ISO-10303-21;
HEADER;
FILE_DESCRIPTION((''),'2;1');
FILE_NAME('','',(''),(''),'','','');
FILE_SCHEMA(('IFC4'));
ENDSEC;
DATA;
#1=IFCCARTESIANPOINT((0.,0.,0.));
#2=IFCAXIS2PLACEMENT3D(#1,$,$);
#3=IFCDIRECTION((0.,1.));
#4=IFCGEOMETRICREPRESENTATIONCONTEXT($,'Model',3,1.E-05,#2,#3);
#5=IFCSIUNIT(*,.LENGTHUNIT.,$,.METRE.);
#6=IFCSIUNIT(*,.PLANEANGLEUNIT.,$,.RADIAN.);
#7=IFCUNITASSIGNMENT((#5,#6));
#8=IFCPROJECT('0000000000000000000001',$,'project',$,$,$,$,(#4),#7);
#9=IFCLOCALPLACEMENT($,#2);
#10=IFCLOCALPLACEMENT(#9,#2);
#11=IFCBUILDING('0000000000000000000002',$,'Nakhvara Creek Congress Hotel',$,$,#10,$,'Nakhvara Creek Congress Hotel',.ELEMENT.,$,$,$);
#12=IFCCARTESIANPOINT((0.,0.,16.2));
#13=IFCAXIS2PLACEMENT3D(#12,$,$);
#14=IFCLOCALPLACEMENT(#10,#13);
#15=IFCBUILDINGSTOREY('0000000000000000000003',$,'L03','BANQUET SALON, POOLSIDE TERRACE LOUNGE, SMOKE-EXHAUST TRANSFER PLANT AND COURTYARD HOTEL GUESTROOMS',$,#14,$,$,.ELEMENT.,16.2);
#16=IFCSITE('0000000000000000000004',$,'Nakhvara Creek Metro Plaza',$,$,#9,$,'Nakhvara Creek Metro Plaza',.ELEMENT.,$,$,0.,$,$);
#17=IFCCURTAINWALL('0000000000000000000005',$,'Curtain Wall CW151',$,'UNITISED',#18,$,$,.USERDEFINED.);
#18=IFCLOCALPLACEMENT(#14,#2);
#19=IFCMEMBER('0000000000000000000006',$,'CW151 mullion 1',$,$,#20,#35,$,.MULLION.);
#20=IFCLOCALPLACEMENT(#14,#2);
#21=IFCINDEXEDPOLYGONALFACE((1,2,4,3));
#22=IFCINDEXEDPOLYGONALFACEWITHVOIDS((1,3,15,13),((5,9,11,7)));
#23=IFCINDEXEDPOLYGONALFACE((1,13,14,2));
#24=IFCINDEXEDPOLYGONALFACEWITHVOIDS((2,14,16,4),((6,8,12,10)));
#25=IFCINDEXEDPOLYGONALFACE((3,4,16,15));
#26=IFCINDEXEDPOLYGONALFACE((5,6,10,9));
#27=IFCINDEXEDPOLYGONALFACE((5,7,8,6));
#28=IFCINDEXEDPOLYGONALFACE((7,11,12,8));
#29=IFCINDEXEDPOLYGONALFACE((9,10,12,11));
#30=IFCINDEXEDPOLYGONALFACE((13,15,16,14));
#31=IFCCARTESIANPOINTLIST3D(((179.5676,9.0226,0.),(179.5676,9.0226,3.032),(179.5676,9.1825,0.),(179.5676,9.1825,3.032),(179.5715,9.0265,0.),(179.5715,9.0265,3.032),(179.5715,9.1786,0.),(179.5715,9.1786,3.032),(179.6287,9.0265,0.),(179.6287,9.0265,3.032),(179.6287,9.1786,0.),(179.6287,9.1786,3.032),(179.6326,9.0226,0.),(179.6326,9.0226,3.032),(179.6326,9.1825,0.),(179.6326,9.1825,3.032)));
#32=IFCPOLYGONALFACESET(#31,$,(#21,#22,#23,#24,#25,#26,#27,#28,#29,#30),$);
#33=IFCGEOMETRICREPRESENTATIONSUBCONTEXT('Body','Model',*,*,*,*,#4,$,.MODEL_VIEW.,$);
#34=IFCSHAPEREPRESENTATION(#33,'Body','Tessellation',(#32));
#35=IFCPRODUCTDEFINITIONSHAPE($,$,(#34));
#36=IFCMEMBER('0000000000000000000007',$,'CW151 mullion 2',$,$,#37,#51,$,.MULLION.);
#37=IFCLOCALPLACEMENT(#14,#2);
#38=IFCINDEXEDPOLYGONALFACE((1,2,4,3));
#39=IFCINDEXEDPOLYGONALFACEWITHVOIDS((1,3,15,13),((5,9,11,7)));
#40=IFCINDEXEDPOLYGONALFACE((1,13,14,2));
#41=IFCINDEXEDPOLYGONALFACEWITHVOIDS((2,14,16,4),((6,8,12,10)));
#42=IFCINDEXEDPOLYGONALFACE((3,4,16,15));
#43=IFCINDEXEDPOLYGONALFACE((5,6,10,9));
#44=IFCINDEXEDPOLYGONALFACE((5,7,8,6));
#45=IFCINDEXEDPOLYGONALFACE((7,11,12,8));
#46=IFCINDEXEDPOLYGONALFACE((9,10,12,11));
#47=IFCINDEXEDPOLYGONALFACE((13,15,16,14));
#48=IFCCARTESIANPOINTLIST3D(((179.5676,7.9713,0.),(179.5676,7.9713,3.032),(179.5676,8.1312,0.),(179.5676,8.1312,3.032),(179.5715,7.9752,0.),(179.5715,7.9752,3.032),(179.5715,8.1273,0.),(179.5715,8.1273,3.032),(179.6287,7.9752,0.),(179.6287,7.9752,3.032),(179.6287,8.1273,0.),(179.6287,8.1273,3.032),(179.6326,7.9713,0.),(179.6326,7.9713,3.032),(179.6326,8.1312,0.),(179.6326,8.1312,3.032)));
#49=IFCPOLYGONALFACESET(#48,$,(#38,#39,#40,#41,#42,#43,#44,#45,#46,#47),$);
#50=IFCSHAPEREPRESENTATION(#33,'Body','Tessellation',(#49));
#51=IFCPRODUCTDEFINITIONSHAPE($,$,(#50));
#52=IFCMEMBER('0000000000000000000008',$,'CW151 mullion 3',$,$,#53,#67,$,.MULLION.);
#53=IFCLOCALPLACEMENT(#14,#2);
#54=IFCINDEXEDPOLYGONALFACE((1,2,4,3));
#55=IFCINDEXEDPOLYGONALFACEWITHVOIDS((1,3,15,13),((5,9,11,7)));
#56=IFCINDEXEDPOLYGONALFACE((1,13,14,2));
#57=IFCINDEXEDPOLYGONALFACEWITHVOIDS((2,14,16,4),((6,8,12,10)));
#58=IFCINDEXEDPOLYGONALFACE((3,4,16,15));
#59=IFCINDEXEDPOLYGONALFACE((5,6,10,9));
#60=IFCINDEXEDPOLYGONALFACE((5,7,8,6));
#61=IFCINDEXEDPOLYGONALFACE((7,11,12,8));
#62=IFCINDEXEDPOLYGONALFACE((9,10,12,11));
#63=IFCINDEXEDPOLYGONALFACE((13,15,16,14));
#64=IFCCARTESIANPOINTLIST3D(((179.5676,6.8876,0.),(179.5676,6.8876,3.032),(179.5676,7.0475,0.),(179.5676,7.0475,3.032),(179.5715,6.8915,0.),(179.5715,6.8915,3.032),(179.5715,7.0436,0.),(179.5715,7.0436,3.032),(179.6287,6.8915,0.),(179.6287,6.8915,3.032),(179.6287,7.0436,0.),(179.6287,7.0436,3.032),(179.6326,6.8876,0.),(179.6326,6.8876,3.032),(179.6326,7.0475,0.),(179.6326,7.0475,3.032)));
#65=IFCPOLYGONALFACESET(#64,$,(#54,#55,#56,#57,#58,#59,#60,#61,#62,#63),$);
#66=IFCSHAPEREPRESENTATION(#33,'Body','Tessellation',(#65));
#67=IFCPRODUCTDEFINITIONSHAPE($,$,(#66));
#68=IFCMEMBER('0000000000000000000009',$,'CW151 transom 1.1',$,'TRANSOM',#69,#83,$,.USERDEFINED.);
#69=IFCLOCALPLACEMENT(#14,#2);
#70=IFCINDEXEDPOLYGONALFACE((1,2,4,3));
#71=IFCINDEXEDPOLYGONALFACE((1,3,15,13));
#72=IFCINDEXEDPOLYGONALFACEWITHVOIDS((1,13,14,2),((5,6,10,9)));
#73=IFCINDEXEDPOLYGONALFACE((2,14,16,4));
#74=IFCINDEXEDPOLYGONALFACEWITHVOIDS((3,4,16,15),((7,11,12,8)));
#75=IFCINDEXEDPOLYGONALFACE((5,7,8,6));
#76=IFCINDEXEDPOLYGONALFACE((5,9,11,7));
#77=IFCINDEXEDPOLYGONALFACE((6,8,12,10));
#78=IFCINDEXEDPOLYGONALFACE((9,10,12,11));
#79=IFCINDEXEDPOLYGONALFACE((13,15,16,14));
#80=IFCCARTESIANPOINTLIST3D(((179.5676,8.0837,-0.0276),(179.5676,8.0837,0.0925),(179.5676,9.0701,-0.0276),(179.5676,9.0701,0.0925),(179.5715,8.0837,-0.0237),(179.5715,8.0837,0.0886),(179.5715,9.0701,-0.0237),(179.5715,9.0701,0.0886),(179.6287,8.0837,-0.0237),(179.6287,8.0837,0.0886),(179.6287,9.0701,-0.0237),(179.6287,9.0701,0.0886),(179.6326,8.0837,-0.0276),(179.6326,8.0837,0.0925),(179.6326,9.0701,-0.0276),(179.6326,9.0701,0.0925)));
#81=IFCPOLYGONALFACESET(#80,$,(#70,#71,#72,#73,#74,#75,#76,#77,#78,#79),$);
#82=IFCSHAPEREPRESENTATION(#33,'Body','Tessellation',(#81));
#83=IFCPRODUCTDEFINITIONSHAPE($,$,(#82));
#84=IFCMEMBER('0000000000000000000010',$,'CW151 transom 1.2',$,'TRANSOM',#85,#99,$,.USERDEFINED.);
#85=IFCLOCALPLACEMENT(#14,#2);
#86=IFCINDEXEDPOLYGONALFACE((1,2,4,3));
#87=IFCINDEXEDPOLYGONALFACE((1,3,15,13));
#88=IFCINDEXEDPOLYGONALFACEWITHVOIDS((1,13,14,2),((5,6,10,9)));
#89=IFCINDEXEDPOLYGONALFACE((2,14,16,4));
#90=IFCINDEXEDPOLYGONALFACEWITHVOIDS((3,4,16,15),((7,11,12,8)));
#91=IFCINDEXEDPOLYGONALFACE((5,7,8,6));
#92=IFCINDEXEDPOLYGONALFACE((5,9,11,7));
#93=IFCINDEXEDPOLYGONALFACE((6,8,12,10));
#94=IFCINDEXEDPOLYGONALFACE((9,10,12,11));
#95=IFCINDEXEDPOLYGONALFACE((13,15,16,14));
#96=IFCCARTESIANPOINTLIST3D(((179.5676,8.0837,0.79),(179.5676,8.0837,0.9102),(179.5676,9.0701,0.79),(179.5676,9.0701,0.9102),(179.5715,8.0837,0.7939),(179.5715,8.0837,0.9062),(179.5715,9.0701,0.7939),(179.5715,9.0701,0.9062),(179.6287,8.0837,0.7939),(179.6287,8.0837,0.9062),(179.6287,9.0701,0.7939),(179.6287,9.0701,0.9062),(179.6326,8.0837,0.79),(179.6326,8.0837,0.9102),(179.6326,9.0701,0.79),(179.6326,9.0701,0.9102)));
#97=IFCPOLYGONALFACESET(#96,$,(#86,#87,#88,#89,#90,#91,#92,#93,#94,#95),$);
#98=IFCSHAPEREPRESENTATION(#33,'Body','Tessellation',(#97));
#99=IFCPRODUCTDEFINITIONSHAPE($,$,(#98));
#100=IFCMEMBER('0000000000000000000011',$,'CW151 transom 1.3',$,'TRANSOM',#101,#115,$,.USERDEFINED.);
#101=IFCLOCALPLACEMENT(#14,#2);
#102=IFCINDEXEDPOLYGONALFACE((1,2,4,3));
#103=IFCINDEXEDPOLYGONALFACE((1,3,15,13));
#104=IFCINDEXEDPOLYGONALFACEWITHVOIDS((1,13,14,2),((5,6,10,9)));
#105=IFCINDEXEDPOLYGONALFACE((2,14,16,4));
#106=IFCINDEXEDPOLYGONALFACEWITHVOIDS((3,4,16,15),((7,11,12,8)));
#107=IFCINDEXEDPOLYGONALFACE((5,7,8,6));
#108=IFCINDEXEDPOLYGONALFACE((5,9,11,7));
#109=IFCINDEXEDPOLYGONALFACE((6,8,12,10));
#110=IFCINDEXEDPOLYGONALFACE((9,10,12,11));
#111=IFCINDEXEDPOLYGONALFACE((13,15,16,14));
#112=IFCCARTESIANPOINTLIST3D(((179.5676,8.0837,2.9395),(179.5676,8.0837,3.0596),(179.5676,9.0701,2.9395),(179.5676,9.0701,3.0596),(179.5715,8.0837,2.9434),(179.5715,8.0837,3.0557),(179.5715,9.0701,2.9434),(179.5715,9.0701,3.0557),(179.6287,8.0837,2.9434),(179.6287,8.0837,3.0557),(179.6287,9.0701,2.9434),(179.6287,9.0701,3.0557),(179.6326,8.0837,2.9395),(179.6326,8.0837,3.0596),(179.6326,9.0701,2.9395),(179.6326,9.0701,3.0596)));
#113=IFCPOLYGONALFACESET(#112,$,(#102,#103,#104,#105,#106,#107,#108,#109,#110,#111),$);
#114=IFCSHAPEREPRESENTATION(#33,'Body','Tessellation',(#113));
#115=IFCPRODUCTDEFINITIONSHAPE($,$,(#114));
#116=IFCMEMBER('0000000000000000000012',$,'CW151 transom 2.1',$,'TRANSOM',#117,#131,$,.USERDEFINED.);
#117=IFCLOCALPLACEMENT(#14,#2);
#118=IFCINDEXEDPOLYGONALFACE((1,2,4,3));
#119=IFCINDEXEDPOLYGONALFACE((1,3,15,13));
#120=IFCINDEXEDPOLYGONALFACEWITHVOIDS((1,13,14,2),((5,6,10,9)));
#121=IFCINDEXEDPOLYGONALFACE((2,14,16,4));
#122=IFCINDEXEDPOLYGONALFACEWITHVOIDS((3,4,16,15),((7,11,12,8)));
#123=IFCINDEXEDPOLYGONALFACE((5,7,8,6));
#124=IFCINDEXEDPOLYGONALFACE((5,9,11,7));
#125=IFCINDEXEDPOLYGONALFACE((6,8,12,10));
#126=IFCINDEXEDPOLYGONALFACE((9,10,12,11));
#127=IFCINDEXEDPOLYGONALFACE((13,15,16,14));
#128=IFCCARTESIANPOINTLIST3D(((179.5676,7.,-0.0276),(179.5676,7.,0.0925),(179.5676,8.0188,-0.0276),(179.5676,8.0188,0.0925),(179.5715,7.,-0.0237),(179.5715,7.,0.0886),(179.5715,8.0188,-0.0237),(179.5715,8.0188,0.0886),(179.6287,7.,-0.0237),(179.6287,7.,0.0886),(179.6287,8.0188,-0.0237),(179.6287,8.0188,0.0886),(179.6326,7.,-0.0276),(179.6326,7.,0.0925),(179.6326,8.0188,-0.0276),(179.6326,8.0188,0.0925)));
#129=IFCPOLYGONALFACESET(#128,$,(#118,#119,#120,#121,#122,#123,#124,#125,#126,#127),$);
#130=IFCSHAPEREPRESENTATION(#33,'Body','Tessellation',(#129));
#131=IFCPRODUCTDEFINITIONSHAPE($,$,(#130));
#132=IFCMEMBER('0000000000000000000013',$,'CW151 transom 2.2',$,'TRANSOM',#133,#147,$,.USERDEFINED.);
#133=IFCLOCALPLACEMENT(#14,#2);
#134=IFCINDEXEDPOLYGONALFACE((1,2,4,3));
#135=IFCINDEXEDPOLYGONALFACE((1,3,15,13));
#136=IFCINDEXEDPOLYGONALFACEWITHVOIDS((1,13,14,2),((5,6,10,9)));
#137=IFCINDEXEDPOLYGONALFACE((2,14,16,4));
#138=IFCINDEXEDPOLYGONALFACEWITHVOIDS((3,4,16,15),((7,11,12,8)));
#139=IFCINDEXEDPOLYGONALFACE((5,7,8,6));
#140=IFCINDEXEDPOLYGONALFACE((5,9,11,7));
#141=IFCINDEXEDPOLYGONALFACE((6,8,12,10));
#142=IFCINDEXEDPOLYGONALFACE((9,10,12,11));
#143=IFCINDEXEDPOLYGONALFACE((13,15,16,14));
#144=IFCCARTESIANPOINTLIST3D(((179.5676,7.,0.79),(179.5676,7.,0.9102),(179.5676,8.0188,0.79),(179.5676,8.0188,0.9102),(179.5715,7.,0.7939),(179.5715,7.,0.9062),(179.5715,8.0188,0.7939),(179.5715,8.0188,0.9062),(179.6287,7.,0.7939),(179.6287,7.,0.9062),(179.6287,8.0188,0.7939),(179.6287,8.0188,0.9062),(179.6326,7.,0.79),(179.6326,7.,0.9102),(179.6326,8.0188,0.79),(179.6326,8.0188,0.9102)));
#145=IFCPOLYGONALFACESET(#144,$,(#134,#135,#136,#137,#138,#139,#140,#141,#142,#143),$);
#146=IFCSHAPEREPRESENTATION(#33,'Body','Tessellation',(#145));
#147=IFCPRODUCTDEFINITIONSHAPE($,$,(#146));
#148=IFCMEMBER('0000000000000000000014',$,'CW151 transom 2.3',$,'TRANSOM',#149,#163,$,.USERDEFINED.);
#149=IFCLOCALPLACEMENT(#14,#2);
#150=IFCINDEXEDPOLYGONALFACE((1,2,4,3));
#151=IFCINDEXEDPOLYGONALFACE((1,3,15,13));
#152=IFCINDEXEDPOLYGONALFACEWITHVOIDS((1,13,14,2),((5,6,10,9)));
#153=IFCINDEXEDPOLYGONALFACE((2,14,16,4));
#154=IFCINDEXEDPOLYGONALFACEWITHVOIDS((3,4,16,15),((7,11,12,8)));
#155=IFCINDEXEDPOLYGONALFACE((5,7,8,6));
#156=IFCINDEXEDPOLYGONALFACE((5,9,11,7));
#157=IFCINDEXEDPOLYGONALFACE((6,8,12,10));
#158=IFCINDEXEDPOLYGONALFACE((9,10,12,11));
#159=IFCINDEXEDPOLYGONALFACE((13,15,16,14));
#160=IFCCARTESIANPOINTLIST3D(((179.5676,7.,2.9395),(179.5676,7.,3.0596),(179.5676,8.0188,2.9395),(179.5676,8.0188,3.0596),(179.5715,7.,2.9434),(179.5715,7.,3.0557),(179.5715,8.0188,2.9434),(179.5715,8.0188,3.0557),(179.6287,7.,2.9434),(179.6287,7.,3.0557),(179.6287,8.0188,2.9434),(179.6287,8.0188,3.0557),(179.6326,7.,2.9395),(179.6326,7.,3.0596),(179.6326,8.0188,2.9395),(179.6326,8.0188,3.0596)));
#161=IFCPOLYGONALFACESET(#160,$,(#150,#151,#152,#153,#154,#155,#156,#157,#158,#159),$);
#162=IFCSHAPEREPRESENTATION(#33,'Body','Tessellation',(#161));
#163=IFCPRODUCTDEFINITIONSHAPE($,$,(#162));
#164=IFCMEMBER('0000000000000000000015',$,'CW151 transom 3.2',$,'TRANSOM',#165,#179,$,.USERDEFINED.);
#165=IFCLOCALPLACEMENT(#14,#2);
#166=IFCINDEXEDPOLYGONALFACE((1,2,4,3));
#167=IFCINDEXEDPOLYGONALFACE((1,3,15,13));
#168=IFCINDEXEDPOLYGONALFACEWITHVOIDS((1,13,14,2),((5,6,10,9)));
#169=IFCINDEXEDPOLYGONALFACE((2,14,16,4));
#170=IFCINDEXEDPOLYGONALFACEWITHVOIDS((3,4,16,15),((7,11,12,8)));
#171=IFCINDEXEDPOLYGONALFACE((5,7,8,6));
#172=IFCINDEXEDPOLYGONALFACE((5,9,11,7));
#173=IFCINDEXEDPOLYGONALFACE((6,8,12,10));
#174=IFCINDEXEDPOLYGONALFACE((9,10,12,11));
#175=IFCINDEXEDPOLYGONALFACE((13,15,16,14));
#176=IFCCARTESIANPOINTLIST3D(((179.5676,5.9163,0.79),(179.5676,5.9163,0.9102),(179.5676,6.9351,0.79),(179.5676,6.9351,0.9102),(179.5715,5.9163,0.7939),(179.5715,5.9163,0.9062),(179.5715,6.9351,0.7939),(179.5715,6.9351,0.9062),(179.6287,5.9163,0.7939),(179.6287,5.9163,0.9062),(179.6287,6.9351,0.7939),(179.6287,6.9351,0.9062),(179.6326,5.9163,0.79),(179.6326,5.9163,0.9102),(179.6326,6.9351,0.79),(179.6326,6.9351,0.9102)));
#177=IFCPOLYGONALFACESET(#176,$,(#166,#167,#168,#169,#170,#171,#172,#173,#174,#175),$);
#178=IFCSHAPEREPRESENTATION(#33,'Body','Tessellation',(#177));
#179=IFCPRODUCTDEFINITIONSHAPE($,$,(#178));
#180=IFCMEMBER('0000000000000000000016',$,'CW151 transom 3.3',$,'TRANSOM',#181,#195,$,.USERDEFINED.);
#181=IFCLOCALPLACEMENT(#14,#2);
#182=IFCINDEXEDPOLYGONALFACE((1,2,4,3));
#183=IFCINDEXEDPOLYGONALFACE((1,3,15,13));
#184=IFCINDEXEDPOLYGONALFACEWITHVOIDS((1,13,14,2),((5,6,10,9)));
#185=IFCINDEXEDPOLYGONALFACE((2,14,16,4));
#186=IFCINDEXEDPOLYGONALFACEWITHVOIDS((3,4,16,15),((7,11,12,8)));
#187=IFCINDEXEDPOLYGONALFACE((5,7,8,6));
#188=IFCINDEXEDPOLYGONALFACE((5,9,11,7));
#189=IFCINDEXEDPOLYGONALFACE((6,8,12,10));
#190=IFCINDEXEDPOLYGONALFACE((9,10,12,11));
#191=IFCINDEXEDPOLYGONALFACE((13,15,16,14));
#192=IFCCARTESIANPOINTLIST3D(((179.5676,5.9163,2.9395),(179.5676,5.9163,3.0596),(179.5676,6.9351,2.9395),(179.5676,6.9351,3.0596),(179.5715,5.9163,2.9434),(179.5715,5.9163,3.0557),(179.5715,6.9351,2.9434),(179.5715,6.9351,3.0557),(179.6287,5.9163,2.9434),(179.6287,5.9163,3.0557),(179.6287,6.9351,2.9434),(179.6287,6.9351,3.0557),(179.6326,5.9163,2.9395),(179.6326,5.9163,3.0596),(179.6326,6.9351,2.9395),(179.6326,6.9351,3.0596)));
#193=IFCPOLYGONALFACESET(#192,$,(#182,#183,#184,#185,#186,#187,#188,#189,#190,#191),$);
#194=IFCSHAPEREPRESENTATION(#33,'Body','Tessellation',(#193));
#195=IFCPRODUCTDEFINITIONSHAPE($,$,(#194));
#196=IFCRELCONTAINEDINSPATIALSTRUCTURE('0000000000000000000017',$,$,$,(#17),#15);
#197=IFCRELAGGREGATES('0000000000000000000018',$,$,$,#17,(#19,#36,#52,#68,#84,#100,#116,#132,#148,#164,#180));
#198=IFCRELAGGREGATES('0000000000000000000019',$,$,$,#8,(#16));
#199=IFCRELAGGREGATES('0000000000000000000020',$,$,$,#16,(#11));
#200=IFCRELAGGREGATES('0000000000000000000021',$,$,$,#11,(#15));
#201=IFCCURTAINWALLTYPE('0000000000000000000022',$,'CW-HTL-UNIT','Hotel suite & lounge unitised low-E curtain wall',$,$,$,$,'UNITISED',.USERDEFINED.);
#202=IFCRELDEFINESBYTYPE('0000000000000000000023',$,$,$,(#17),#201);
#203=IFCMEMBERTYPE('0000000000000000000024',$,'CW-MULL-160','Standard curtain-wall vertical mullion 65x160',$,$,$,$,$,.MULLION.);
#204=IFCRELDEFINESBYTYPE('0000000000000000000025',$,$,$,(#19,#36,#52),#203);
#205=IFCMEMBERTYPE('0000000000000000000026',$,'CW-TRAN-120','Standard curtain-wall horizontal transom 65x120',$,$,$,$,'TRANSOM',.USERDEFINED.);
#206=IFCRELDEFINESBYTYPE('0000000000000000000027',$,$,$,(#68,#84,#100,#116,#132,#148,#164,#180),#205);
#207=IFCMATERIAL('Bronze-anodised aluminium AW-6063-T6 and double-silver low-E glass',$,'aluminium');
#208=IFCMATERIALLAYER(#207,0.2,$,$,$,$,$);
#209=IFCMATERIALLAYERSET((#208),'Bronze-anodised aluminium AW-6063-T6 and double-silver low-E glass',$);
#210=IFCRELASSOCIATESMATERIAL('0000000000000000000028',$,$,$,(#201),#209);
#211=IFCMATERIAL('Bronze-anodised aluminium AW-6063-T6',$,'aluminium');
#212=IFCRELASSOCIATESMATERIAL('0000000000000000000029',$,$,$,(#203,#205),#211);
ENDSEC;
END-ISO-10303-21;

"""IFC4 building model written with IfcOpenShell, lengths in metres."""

from ifc_helpers import new_model, si_unit, direction, frame, origin, origin_2d, place, context, subcontext, project, spatial, hollow_rectangle, extrude, material, layer, layer_set, material_profile, profile_set, type_object, element, aggregate, save


model = new_model("IFC4")

# Units and contexts
model_context = context("Model", 3, precision=1e-05, world=origin(), true_north=direction((0.0, 1.0)))
body_context = subcontext(model_context, "Body", "Model", "MODEL_VIEW")
ifc_project = project(units=[si_unit("LENGTHUNIT", "METRE"), si_unit("PLANEANGLEUNIT", "RADIAN")], contexts=[model_context])

# Site, building, storey
site_placement = place(None, origin())
site = spatial("IfcSite", under=ifc_project, at=site_placement, Name="Nakhvara Creek Metro Plaza", LongName="Nakhvara Creek Metro Plaza", CompositionType="ELEMENT", RefElevation=0.0)
building_placement = place(site_placement, origin())
building = spatial("IfcBuilding", under=site, at=building_placement, Name="Nakhvara Creek Congress Hotel", LongName="Nakhvara Creek Congress Hotel", CompositionType="ELEMENT")
storey_placement = place(building_placement, frame((0.0, 0.0, 16.2)))
storey = spatial("IfcBuildingStorey", under=building, at=storey_placement, Name="L03", Description="BANQUET SALON, POOLSIDE TERRACE LOUNGE, SMOKE-EXHAUST TRANSFER PLANT AND COURTYARD HOTEL GUESTROOMS", CompositionType="ELEMENT", Elevation=16.2)

# Curtain wall, members
ifc_material_1 = material(Name="Bronze-anodised aluminium AW-6063-T6 and double-silver low-E glass", Category="aluminium")
ifc_layer_1 = layer(ifc_material_1, 0.2)
ifc_layer_set_1 = layer_set([ifc_layer_1], Name="Bronze-anodised aluminium AW-6063-T6 and double-silver low-E glass")
curtain_wall_type = type_object("IfcCurtainWallType", Name="CW-HTL-UNIT", Description="Hotel suite & lounge unitised low-E curtain wall", ElementType="UNITISED", PredefinedType="USERDEFINED", material=ifc_layer_set_1)
curtain_wall_placement = place(storey_placement, origin())
curtain_wall = element("IfcCurtainWall", 1, at=curtain_wall_placement, inside=storey, type_object=curtain_wall_type, Name="Curtain Wall CW151", ObjectType="UNITISED", PredefinedType="USERDEFINED")
ifc_material_2 = material(Name="Bronze-anodised aluminium AW-6063-T6", Category="aluminium")
ifc_material_profile_1 = material_profile(ifc_material_2, hollow_rectangle(XDim=0.0649, YDim=0.1599, WallThickness=0.0039, at=origin_2d()), Name="ALU-MULL 65x160x4", Category="LoadBearing")
ifc_profile_set_1 = profile_set([ifc_material_profile_1], Name="Bronze-anodised aluminium AW-6063-T6")
member_type_1 = type_object("IfcMemberType", Name="CW-MULL-160", Description="Standard curtain-wall vertical mullion 65x160", PredefinedType="MULLION", material=ifc_profile_set_1)
member_1_placement = place(storey_placement, frame((179.6001, 9.1025, 0.0), z_axis=(0.0, 0.0, 1.0), x_axis=(1.0, 0.0, 0.0)))
member_1 = element("IfcMember", 2, at=member_1_placement, type_object=member_type_1, Name="CW151 mullion 1", PredefinedType="MULLION", context=body_context, shape_type="SweptSolid", body=[
    extrude(hollow_rectangle(XDim=0.0649, YDim=0.1599, WallThickness=0.0039, at=origin_2d()), origin(), (0.0, 0.0, 1.0), 3.032),
])
member_2_placement = place(storey_placement, frame((179.6001, 8.0513, 0.0), z_axis=(0.0, 0.0, 1.0), x_axis=(1.0, 0.0, 0.0)))
member_2 = element("IfcMember", 3, at=member_2_placement, type_object=member_type_1, Name="CW151 mullion 2", PredefinedType="MULLION", context=body_context, shape_type="SweptSolid", body=[
    extrude(hollow_rectangle(XDim=0.0649, YDim=0.1599, WallThickness=0.0039, at=origin_2d()), origin(), (0.0, 0.0, 1.0), 3.032),
])
member_3_placement = place(storey_placement, frame((179.6001, 6.9675, 0.0), z_axis=(0.0, 0.0, 1.0), x_axis=(1.0, 0.0, 0.0)))
member_3 = element("IfcMember", 4, at=member_3_placement, type_object=member_type_1, Name="CW151 mullion 3", PredefinedType="MULLION", context=body_context, shape_type="SweptSolid", body=[
    extrude(hollow_rectangle(XDim=0.0649, YDim=0.1599, WallThickness=0.0039, at=origin_2d()), origin(), (0.0, 0.0, 1.0), 3.032),
])
ifc_material_profile_2 = material_profile(ifc_material_2, hollow_rectangle(XDim=0.0649, YDim=0.1201, WallThickness=0.0039, at=origin_2d()), Name="ALU-TRAN 65x120x4", Category="LoadBearing")
ifc_profile_set_2 = profile_set([ifc_material_profile_2], Name="Bronze-anodised aluminium AW-6063-T6")
member_type_2 = type_object("IfcMemberType", Name="CW-TRAN-120", Description="Standard curtain-wall horizontal transom 65x120", ElementType="TRANSOM", PredefinedType="USERDEFINED", material=ifc_profile_set_2)
member_4_placement = place(storey_placement, frame((179.6001, 9.0701, 0.0325), z_axis=(0.0, -1.0, 0.0), x_axis=(1.0, 0.0, 0.0)))
member_4 = element("IfcMember", 5, at=member_4_placement, type_object=member_type_2, Name="CW151 transom 1.1", ObjectType="TRANSOM", PredefinedType="USERDEFINED", context=body_context, shape_type="SweptSolid", body=[
    extrude(hollow_rectangle(XDim=0.0649, YDim=0.1201, WallThickness=0.0039, at=origin_2d()), origin(), (0.0, 0.0, 1.0), 0.9863),
])
member_5_placement = place(storey_placement, frame((179.6001, 9.0701, 0.8501), z_axis=(0.0, -1.0, 0.0), x_axis=(1.0, 0.0, 0.0)))
member_5 = element("IfcMember", 6, at=member_5_placement, type_object=member_type_2, Name="CW151 transom 1.2", ObjectType="TRANSOM", PredefinedType="USERDEFINED", context=body_context, shape_type="SweptSolid", body=[
    extrude(hollow_rectangle(XDim=0.0649, YDim=0.1201, WallThickness=0.0039, at=origin_2d()), origin(), (0.0, 0.0, 1.0), 0.9863),
])
member_6_placement = place(storey_placement, frame((179.6001, 9.0701, 2.9995), z_axis=(0.0, -1.0, 0.0), x_axis=(1.0, 0.0, 0.0)))
member_6 = element("IfcMember", 7, at=member_6_placement, type_object=member_type_2, Name="CW151 transom 1.3", ObjectType="TRANSOM", PredefinedType="USERDEFINED", context=body_context, shape_type="SweptSolid", body=[
    extrude(hollow_rectangle(XDim=0.0649, YDim=0.1201, WallThickness=0.0039, at=origin_2d()), origin(), (0.0, 0.0, 1.0), 0.9863),
])
member_7_placement = place(storey_placement, frame((179.6001, 8.0188, 0.0325), z_axis=(0.0, -1.0, 0.0), x_axis=(1.0, 0.0, 0.0)))
member_7 = element("IfcMember", 8, at=member_7_placement, type_object=member_type_2, Name="CW151 transom 2.1", ObjectType="TRANSOM", PredefinedType="USERDEFINED", context=body_context, shape_type="SweptSolid", body=[
    extrude(hollow_rectangle(XDim=0.0649, YDim=0.1201, WallThickness=0.0039, at=origin_2d()), origin(), (0.0, 0.0, 1.0), 1.0188),
])
member_8_placement = place(storey_placement, frame((179.6001, 8.0188, 0.8501), z_axis=(0.0, -1.0, 0.0), x_axis=(1.0, 0.0, 0.0)))
member_8 = element("IfcMember", 9, at=member_8_placement, type_object=member_type_2, Name="CW151 transom 2.2", ObjectType="TRANSOM", PredefinedType="USERDEFINED", context=body_context, shape_type="SweptSolid", body=[
    extrude(hollow_rectangle(XDim=0.0649, YDim=0.1201, WallThickness=0.0039, at=origin_2d()), origin(), (0.0, 0.0, 1.0), 1.0188),
])
member_9_placement = place(storey_placement, frame((179.6001, 8.0188, 2.9995), z_axis=(0.0, -1.0, 0.0), x_axis=(1.0, 0.0, 0.0)))
member_9 = element("IfcMember", 10, at=member_9_placement, type_object=member_type_2, Name="CW151 transom 2.3", ObjectType="TRANSOM", PredefinedType="USERDEFINED", context=body_context, shape_type="SweptSolid", body=[
    extrude(hollow_rectangle(XDim=0.0649, YDim=0.1201, WallThickness=0.0039, at=origin_2d()), origin(), (0.0, 0.0, 1.0), 1.0188),
])
member_10_placement = place(storey_placement, frame((179.6001, 6.9351, 0.8501), z_axis=(0.0, -1.0, 0.0), x_axis=(1.0, 0.0, 0.0)))
member_10 = element("IfcMember", 11, at=member_10_placement, type_object=member_type_2, Name="CW151 transom 3.2", ObjectType="TRANSOM", PredefinedType="USERDEFINED", context=body_context, shape_type="SweptSolid", body=[
    extrude(hollow_rectangle(XDim=0.0649, YDim=0.1201, WallThickness=0.0039, at=origin_2d()), origin(), (0.0, 0.0, 1.0), 1.0188),
])
member_11_placement = place(storey_placement, frame((179.6001, 6.9351, 2.9995), z_axis=(0.0, -1.0, 0.0), x_axis=(1.0, 0.0, 0.0)))
member_11 = element("IfcMember", 12, at=member_11_placement, type_object=member_type_2, Name="CW151 transom 3.3", ObjectType="TRANSOM", PredefinedType="USERDEFINED", context=body_context, shape_type="SweptSolid", body=[
    extrude(hollow_rectangle(XDim=0.0649, YDim=0.1201, WallThickness=0.0039, at=origin_2d()), origin(), (0.0, 0.0, 1.0), 1.0188),
])
aggregate(curtain_wall, [member_1, member_2, member_3, member_4, member_5, member_6, member_7, member_8, member_9, member_10, member_11])

save(model, "model.ifc")
